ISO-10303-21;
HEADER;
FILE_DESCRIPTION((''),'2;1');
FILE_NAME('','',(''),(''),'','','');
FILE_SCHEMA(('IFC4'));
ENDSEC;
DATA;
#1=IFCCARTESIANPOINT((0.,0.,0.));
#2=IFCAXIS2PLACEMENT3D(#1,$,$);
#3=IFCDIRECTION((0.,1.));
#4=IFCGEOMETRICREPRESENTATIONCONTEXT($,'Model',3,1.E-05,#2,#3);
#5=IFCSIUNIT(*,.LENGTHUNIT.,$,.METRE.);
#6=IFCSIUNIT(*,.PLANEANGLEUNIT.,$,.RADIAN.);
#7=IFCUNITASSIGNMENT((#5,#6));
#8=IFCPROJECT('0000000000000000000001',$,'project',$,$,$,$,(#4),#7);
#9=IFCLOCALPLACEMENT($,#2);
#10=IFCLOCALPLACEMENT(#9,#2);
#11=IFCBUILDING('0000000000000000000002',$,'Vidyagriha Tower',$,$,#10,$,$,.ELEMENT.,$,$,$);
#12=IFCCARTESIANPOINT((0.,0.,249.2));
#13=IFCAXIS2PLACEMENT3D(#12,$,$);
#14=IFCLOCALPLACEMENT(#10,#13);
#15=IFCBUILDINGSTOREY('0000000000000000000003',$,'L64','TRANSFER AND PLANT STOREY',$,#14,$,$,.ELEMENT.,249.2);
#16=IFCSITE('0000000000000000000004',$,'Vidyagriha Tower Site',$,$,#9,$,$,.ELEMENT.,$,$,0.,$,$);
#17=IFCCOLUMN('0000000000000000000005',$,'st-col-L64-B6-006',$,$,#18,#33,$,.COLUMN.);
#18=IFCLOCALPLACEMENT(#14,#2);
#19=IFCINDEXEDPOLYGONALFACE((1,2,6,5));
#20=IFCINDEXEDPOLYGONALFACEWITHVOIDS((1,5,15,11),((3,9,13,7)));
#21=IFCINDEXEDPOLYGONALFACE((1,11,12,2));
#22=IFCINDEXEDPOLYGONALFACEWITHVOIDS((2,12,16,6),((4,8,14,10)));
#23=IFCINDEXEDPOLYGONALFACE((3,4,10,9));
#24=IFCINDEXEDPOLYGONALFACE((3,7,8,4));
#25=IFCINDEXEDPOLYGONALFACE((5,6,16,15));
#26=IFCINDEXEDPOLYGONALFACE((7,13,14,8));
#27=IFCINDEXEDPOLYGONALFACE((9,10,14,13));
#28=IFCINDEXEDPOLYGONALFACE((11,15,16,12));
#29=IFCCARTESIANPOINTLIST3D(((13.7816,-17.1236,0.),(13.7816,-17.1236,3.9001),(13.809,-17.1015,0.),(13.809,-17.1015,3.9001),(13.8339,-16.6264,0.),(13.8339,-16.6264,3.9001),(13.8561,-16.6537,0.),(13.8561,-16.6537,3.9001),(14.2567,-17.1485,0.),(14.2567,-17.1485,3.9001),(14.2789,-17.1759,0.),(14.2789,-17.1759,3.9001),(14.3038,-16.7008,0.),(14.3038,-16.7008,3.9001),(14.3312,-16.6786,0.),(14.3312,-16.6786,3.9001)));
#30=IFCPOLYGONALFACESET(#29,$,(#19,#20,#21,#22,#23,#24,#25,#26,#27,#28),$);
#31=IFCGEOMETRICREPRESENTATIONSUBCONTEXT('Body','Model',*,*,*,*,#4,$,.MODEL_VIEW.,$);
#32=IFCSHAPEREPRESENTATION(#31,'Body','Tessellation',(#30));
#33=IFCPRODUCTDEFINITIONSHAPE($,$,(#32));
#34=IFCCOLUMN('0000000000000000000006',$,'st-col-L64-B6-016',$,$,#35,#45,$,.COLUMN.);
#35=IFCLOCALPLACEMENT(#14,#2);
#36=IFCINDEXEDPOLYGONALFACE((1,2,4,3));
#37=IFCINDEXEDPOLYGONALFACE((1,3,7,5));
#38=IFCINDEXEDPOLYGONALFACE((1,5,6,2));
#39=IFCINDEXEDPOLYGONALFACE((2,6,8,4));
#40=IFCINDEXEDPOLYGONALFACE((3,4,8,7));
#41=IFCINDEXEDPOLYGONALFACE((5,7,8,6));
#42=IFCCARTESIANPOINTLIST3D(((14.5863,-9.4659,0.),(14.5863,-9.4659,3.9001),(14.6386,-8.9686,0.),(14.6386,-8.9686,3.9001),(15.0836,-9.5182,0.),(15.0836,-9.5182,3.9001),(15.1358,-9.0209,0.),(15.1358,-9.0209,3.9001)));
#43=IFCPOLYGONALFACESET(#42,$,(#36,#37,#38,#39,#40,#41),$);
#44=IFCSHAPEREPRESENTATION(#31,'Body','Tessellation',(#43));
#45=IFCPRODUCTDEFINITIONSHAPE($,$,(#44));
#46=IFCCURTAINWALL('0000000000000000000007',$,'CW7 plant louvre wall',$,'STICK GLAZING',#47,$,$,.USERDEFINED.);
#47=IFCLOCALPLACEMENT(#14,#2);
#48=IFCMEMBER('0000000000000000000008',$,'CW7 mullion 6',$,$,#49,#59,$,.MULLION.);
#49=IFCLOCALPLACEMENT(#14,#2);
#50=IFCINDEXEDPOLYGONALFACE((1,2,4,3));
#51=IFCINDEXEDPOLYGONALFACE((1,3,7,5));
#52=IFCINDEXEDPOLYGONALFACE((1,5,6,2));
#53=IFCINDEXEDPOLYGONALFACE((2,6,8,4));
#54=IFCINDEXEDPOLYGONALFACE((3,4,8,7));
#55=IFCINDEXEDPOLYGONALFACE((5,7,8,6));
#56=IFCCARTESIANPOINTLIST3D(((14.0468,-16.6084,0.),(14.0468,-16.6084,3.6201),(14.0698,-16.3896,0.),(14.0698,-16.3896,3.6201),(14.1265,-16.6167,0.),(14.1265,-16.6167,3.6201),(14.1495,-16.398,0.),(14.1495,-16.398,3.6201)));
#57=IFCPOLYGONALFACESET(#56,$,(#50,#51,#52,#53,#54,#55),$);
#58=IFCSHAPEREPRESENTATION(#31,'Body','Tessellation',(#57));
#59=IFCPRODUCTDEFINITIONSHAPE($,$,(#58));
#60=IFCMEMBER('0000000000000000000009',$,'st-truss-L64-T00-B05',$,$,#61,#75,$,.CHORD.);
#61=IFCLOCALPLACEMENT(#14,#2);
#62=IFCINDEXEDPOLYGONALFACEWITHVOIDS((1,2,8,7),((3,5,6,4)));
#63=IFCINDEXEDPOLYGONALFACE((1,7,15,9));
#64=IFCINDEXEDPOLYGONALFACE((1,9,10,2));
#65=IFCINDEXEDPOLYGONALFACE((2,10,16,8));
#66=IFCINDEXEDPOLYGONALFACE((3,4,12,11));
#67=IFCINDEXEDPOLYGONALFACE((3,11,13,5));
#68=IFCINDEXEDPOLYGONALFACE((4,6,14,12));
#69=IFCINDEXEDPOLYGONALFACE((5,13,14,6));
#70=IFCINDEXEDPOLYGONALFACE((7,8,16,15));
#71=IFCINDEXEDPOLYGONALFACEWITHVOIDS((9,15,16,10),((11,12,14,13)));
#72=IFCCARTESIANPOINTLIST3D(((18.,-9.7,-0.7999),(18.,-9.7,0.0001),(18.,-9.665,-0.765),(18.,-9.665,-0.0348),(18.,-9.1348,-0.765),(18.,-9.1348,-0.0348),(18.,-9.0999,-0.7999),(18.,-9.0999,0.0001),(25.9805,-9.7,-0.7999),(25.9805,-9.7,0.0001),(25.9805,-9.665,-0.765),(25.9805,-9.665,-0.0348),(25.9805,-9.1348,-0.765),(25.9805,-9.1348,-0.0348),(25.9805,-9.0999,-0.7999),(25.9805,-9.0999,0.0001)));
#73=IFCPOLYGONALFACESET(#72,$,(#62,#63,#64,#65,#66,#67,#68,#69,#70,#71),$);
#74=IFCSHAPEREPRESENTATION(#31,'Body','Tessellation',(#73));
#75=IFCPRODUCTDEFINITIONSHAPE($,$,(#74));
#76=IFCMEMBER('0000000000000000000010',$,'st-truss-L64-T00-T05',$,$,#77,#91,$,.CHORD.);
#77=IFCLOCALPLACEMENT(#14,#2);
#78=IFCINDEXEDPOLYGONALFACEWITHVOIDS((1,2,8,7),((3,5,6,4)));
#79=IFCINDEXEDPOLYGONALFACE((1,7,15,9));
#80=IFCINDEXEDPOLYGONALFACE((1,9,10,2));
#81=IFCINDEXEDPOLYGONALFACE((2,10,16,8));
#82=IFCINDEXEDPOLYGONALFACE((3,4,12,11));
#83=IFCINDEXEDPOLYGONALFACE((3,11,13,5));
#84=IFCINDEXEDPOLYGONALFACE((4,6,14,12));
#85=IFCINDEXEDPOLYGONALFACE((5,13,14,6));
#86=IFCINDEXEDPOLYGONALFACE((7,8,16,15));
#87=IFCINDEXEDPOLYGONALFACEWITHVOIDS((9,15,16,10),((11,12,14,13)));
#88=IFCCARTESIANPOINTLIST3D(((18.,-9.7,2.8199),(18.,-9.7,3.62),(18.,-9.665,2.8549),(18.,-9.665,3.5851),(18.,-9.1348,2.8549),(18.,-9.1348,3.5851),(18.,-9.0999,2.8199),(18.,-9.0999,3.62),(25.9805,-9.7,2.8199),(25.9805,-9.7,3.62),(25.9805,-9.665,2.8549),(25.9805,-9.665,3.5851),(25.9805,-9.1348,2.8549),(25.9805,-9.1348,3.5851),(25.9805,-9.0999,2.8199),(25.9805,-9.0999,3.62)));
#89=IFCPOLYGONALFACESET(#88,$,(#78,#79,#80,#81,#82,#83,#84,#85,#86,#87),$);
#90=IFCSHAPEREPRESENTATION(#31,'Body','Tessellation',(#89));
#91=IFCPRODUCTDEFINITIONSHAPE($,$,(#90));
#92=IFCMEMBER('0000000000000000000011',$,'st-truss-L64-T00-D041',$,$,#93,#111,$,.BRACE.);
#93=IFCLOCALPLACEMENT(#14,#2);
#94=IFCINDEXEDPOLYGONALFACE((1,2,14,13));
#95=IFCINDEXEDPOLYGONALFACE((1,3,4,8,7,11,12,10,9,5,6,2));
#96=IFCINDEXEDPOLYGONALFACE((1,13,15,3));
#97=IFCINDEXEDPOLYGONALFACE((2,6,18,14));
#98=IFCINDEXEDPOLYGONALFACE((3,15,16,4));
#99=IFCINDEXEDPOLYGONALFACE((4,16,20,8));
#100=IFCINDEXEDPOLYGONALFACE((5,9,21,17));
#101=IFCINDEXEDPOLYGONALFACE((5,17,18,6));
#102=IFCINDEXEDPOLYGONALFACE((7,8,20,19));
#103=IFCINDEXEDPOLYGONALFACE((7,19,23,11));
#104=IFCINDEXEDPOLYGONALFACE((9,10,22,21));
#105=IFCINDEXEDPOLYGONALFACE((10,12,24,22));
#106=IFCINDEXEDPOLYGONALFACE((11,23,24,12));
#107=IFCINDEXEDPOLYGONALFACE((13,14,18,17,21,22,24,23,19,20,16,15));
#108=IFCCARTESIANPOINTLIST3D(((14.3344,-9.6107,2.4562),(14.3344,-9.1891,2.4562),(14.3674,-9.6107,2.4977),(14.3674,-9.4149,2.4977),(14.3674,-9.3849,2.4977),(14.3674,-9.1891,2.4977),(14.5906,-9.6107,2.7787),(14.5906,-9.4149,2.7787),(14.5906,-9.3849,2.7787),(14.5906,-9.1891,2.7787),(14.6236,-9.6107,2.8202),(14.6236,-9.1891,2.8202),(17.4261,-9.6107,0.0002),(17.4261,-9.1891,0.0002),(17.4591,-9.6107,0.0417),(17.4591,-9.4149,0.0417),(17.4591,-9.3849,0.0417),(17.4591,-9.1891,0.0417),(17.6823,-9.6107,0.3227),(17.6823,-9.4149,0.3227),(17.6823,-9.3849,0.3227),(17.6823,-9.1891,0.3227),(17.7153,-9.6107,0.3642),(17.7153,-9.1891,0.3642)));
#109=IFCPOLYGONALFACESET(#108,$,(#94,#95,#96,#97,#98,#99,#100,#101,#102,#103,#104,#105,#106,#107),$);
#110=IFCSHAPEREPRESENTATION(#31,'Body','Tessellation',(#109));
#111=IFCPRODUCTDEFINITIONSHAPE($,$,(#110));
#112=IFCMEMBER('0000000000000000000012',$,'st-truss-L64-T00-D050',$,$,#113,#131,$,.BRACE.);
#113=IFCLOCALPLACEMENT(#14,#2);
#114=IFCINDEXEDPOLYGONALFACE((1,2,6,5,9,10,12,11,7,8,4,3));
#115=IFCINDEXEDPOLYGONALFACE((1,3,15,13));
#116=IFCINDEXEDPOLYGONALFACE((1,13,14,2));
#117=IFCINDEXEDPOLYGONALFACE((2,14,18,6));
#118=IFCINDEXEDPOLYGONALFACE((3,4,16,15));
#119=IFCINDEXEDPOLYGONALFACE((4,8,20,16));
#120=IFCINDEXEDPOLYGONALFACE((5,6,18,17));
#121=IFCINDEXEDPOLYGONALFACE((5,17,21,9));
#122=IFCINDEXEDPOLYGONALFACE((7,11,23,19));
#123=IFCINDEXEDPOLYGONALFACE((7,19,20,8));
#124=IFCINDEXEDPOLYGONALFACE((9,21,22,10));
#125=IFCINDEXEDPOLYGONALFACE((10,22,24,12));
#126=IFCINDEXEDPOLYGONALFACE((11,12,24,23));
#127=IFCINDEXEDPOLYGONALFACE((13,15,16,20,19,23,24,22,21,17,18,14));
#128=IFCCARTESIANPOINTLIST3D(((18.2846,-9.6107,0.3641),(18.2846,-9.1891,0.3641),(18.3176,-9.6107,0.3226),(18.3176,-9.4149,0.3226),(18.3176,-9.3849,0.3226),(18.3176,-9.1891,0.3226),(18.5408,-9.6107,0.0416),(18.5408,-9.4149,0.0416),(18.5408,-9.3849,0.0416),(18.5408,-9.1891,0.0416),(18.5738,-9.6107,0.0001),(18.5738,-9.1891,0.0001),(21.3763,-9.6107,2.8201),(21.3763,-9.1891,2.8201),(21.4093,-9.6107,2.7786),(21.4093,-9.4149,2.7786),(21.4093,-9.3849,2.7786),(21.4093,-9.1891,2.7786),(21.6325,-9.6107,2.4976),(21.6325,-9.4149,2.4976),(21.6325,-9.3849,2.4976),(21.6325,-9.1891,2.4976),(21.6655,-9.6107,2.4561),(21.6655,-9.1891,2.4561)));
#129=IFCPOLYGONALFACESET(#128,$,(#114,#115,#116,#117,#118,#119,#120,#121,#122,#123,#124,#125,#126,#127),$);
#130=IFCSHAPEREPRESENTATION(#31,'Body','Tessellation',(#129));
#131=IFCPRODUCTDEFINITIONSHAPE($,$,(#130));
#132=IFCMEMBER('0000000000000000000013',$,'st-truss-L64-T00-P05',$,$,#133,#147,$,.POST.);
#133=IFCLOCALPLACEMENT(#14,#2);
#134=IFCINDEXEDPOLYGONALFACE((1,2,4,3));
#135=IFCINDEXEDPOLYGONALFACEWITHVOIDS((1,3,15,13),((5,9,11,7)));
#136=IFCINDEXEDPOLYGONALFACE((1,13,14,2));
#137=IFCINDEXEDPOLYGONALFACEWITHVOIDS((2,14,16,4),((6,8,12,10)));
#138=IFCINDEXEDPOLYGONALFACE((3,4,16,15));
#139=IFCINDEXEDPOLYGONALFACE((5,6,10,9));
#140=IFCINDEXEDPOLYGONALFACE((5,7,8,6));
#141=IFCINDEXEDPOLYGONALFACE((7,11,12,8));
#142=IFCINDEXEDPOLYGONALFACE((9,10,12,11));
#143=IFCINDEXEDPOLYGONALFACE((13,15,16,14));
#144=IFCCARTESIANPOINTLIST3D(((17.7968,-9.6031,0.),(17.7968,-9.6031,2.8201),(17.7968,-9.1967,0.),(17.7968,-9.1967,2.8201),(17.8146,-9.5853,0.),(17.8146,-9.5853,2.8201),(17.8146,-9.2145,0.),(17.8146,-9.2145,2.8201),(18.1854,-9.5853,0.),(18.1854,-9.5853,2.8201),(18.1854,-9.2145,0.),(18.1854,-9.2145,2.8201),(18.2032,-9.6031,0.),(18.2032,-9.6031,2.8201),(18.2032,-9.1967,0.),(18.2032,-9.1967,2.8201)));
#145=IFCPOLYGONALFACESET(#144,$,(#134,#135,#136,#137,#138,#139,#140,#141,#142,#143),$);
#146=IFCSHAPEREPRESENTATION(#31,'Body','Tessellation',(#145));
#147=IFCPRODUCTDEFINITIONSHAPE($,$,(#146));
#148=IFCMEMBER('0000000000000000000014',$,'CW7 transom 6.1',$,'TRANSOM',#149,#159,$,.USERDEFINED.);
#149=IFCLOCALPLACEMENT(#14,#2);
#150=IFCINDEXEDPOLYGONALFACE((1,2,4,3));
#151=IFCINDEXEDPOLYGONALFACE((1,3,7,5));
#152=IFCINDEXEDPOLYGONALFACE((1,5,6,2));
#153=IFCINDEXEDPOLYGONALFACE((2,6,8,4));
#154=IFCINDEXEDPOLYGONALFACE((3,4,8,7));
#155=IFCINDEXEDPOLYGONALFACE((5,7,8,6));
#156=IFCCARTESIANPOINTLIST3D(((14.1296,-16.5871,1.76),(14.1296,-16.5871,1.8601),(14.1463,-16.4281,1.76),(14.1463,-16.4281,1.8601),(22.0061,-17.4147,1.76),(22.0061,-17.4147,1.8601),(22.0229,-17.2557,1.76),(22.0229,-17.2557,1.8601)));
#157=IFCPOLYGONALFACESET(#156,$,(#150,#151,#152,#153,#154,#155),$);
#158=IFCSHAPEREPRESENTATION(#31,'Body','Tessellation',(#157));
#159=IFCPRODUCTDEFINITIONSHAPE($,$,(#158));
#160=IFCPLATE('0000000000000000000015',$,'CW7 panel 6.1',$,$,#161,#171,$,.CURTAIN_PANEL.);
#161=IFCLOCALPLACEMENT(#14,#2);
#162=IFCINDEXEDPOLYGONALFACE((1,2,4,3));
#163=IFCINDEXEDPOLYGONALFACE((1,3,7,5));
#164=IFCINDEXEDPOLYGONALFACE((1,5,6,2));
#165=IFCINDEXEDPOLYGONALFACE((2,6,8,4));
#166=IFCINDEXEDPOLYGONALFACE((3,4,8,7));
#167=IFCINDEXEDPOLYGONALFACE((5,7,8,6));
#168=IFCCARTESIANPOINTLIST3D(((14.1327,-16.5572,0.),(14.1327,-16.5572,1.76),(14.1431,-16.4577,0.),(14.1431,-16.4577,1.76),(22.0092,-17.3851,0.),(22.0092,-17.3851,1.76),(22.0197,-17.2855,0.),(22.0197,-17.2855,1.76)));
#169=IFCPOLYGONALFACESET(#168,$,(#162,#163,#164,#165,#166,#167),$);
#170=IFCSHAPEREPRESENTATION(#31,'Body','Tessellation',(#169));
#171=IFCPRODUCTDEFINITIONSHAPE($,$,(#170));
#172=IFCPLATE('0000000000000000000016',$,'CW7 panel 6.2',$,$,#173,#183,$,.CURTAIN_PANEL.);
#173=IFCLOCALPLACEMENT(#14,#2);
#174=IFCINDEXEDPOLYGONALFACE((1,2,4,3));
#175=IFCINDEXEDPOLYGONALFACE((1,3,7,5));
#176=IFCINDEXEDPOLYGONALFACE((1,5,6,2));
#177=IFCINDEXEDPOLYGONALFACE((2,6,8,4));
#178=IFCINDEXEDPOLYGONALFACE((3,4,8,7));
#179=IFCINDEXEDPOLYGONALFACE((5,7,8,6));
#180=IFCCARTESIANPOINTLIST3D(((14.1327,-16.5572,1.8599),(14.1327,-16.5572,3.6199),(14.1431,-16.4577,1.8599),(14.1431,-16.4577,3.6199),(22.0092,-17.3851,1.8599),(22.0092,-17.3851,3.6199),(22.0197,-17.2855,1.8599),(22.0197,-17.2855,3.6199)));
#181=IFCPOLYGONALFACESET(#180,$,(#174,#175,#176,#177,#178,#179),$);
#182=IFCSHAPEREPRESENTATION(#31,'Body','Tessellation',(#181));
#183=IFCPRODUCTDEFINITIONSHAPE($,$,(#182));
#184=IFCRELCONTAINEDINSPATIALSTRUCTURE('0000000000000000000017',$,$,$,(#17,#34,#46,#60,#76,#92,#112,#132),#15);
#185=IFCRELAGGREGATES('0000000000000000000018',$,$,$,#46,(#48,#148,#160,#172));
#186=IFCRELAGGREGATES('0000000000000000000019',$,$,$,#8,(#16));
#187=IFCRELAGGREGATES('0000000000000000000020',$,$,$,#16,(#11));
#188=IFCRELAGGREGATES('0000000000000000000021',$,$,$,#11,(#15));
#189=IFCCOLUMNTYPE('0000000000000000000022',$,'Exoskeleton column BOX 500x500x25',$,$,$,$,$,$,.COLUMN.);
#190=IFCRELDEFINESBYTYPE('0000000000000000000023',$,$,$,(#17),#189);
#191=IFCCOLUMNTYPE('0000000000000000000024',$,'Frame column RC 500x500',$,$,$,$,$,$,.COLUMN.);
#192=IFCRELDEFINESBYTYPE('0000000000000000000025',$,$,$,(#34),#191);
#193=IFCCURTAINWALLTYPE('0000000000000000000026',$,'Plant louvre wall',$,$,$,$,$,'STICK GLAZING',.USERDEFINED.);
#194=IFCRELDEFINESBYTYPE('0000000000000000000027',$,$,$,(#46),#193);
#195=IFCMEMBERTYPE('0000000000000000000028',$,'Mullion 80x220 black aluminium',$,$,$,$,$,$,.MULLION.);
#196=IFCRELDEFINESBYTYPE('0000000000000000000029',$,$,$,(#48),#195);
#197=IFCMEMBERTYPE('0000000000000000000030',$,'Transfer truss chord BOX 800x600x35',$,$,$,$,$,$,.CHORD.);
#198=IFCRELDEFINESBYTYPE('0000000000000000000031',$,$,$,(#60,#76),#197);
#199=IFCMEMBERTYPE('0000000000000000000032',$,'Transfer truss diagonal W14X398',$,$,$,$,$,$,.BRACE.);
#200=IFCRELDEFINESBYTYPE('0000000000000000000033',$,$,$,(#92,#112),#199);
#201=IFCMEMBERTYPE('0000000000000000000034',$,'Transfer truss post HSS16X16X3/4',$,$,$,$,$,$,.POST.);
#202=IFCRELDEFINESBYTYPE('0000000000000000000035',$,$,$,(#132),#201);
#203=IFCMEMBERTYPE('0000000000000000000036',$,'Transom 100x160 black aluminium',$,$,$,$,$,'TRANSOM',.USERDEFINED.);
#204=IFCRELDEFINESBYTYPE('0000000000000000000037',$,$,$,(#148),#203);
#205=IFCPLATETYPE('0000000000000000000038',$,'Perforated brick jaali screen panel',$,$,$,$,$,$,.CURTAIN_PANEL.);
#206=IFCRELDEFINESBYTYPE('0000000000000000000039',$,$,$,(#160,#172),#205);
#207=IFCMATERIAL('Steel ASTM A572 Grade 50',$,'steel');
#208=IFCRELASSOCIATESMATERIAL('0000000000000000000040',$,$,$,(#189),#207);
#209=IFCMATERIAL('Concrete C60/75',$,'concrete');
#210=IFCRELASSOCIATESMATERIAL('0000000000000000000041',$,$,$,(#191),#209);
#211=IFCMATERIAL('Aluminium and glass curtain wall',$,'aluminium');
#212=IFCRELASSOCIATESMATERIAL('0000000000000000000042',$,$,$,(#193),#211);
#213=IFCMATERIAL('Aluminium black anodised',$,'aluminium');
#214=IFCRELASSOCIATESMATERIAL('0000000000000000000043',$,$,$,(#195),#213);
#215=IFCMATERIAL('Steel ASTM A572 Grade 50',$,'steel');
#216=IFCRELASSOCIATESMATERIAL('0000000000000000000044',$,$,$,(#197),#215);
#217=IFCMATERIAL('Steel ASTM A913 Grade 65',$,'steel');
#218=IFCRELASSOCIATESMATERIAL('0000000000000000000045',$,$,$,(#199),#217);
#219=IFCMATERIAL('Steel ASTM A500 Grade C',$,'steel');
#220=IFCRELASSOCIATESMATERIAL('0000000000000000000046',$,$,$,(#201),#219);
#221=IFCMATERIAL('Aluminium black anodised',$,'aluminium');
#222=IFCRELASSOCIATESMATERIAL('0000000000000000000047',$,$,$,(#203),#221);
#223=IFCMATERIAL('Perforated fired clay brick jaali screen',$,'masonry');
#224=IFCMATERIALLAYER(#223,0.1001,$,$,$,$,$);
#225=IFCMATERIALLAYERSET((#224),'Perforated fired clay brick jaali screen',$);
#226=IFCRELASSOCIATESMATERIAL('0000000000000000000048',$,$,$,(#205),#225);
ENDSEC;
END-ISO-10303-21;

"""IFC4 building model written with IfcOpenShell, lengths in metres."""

from ifc_helpers import new_model, si_unit, direction, frame, origin, origin_2d, place, context, subcontext, project, spatial, rectangle, hollow_rectangle, i_section, extrude, material, layer, layer_set, material_profile, profile_set, type_object, element, aggregate, save


model = new_model("IFC4")

# Units and contexts
model_context = context("Model", 3, precision=1e-05, world=origin(), true_north=direction((0.0, 1.0)))
body_context = subcontext(model_context, "Body", "Model", "MODEL_VIEW")
ifc_project = project(units=[si_unit("LENGTHUNIT", "METRE"), si_unit("PLANEANGLEUNIT", "RADIAN")], contexts=[model_context])

# Site, building, storey
site_placement = place(None, origin())
site = spatial("IfcSite", under=ifc_project, at=site_placement, Name="Vidyagriha Tower Site", CompositionType="ELEMENT", RefElevation=0.0)
building_placement = place(site_placement, origin())
building = spatial("IfcBuilding", under=site, at=building_placement, Name="Vidyagriha Tower", CompositionType="ELEMENT")
storey_placement = place(building_placement, frame((0.0, 0.0, 249.2)))
storey = spatial("IfcBuildingStorey", under=building, at=storey_placement, Name="L64", Description="TRANSFER AND PLANT STOREY", CompositionType="ELEMENT", Elevation=249.2)

# Columns
ifc_material_1 = material(Name="Steel ASTM A572 Grade 50", Category="steel")
ifc_material_profile_1 = material_profile(ifc_material_1, hollow_rectangle(XDim=0.5, YDim=0.5, WallThickness=0.0249, at=origin_2d()), Name="BOX 500x500x25")
ifc_profile_set_1 = profile_set([ifc_material_profile_1], Name="Steel ASTM A572 Grade 50")
column_type_1 = type_object("IfcColumnType", Name="Exoskeleton column BOX 500x500x25", PredefinedType="COLUMN", material=ifc_profile_set_1)
column_1_placement = place(storey_placement, frame((14.0564, -16.9011, 0.0), z_axis=(0.0, 0.0, 1.0), x_axis=(0.994522, -0.104528, 0.0)))
element("IfcColumn", 1, at=column_1_placement, inside=storey, type_object=column_type_1, Name="st-col-L64-B6-006", PredefinedType="COLUMN", context=body_context, shape_type="SweptSolid", body=[
    extrude(hollow_rectangle(XDim=0.5, YDim=0.5, WallThickness=0.0249, at=origin_2d()), origin(), (0.0, 0.0, 1.0), 3.9001),
])
ifc_material_2 = material(Name="Concrete C60/75", Category="concrete")
ifc_material_profile_2 = material_profile(ifc_material_2, rectangle(XDim=0.5, YDim=0.5, at=origin_2d()), Name="RC 500x500")
ifc_profile_set_2 = profile_set([ifc_material_profile_2], Name="Concrete C60/75")
column_type_2 = type_object("IfcColumnType", Name="Frame column RC 500x500", PredefinedType="COLUMN", material=ifc_profile_set_2)
column_2_placement = place(storey_placement, frame((14.8611, -9.2434, 0.0), z_axis=(0.0, 0.0, 1.0), x_axis=(0.994522, -0.104528, 0.0)))
element("IfcColumn", 2, at=column_2_placement, inside=storey, type_object=column_type_2, Name="st-col-L64-B6-016", PredefinedType="COLUMN", context=body_context, shape_type="SweptSolid", body=[
    extrude(rectangle(XDim=0.5, YDim=0.5, at=origin_2d()), origin(), (0.0, 0.0, 1.0), 3.9001),
])

# Curtain wall, member
ifc_material_3 = material(Name="Aluminium and glass curtain wall", Category="aluminium")
curtain_wall_type = type_object("IfcCurtainWallType", Name="Plant louvre wall", ElementType="STICK GLAZING", PredefinedType="USERDEFINED", material=ifc_material_3)
curtain_wall_placement = place(storey_placement, origin())
curtain_wall = element("IfcCurtainWall", 3, at=curtain_wall_placement, inside=storey, type_object=curtain_wall_type, Name="CW7 plant louvre wall", ObjectType="STICK GLAZING", PredefinedType="USERDEFINED")
ifc_material_4 = material(Name="Aluminium black anodised", Category="aluminium")
ifc_material_profile_3 = material_profile(ifc_material_4, rectangle(XDim=0.22, YDim=0.0801, at=origin_2d()), Name="Mullion 80x220 black aluminium")
ifc_profile_set_3 = profile_set([ifc_material_profile_3], Name="Aluminium black anodised")
member_type_1 = type_object("IfcMemberType", Name="Mullion 80x220 black aluminium", PredefinedType="MULLION", material=ifc_profile_set_3)
member_1_placement = place(storey_placement, frame((14.0981, -16.5032, 0.0), z_axis=(0.0, 0.0, 1.0), x_axis=(0.104527, 0.994522, 0.0)))
member_1 = element("IfcMember", 4, at=member_1_placement, type_object=member_type_1, Name="CW7 mullion 6", PredefinedType="MULLION", context=body_context, shape_type="SweptSolid", body=[
    extrude(rectangle(XDim=0.22, YDim=0.0801, at=origin_2d()), origin(), (0.0, 0.0, 1.0), 3.6201),
])

# Members
ifc_material_5 = material(Name="Steel ASTM A572 Grade 50", Category="steel")
ifc_material_profile_4 = material_profile(ifc_material_5, hollow_rectangle(XDim=0.6001, YDim=0.8, WallThickness=0.0349, at=origin_2d()), Name="BOX 800x600x35")
ifc_profile_set_4 = profile_set([ifc_material_profile_4], Name="Steel ASTM A572 Grade 50")
member_type_2 = type_object("IfcMemberType", Name="Transfer truss chord BOX 800x600x35", PredefinedType="CHORD", material=ifc_profile_set_4)
for number, where, z_axis, x_axis, name in (
    (5, (18.0, -9.3999, -0.3999), (1.0, 0.0, 0.0), (0.0, 1.0, 0.0), "st-truss-L64-T00-B05"),
    (6, (18.0, -9.3999, 3.22), (1.0, 0.0, 0.0), (0.0, 1.0, 0.0), "st-truss-L64-T00-T05"),
):
    element("IfcMember", number, at=place(storey_placement, frame(where, z_axis=z_axis, x_axis=x_axis)), inside=storey, type_object=member_type_2, Name=name, PredefinedType="CHORD", context=body_context, shape_type="SweptSolid", body=[
        extrude(hollow_rectangle(XDim=0.6001, YDim=0.8, WallThickness=0.0349, at=origin_2d()), origin(), (0.0, 0.0, 1.0), 7.9805),
    ])
ifc_material_6 = material(Name="Steel ASTM A913 Grade 65", Category="steel")
ifc_material_profile_5 = material_profile(ifc_material_6, i_section(OverallWidth=0.4216, OverallDepth=0.4648, WebThickness=0.03, FlangeThickness=0.053, at=origin_2d()), Name="W14X398")
ifc_profile_set_5 = profile_set([ifc_material_profile_5], Name="Steel ASTM A913 Grade 65")
member_type_3 = type_object("IfcMemberType", Name="Transfer truss diagonal W14X398", PredefinedType="BRACE", material=ifc_profile_set_5)
for number, where, z_axis, x_axis, name in (
    (7, (14.479, -9.3999, 2.6382), (0.783012, 0.0, -0.622007), (0.0, 1.0, 0.0), "st-truss-L64-T00-D041"),
    (8, (18.4292, -9.3999, 0.1821), (0.783012, 0.0, 0.622007), (0.0, 1.0, 0.0), "st-truss-L64-T00-D050"),
):
    element("IfcMember", number, at=place(storey_placement, frame(where, z_axis=z_axis, x_axis=x_axis)), inside=storey, type_object=member_type_3, Name=name, PredefinedType="BRACE", context=body_context, shape_type="SweptSolid", body=[
        extrude(i_section(OverallWidth=0.4216, OverallDepth=0.4648, WebThickness=0.03, FlangeThickness=0.053, at=origin_2d()), origin(), (0.0, 0.0, 1.0), 3.9485),
    ])
ifc_material_7 = material(Name="Steel ASTM A500 Grade C", Category="steel")
ifc_material_profile_6 = material_profile(ifc_material_7, hollow_rectangle(XDim=0.4065, YDim=0.4065, WallThickness=0.0178, at=origin_2d()), Name="HSS16X16X3/4")
ifc_profile_set_6 = profile_set([ifc_material_profile_6], Name="Steel ASTM A500 Grade C")
member_type_4 = type_object("IfcMemberType", Name="Transfer truss post HSS16X16X3/4", PredefinedType="POST", material=ifc_profile_set_6)
member_2_placement = place(storey_placement, frame((18.0, -9.3999, 0.0)))
element("IfcMember", 9, at=member_2_placement, inside=storey, type_object=member_type_4, Name="st-truss-L64-T00-P05", PredefinedType="POST", context=body_context, shape_type="SweptSolid", body=[
    extrude(hollow_rectangle(XDim=0.4065, YDim=0.4065, WallThickness=0.0178, at=origin_2d()), origin(), (0.0, 0.0, 1.0), 2.8201),
])

# Member
ifc_material_8 = material(Name="Aluminium black anodised", Category="aluminium")
ifc_material_profile_7 = material_profile(ifc_material_8, rectangle(XDim=0.1599, YDim=0.1001, at=origin_2d()), Name="Transom 100x160 black aluminium")
ifc_profile_set_7 = profile_set([ifc_material_profile_7], Name="Aluminium black anodised")
member_type_5 = type_object("IfcMemberType", Name="Transom 100x160 black aluminium", ElementType="TRANSOM", PredefinedType="USERDEFINED", material=ifc_profile_set_7)
member_3_placement = place(storey_placement, frame((14.1379, -16.5076, 1.8101), z_axis=(0.994525, -0.104502, 0.0), x_axis=(0.104502, 0.994525, 0.0)))
member_3 = element("IfcMember", 10, at=member_3_placement, type_object=member_type_5, Name="CW7 transom 6.1", ObjectType="TRANSOM", PredefinedType="USERDEFINED", context=body_context, shape_type="SweptSolid", body=[
    extrude(rectangle(XDim=0.1599, YDim=0.1001, at=origin_2d()), origin(), (0.0, 0.0, 1.0), 7.9199),
])

# Plates
ifc_material_9 = material(Name="Perforated fired clay brick jaali screen", Category="masonry")
ifc_layer = layer(ifc_material_9, 0.1001)
ifc_layer_set = layer_set([ifc_layer], Name="Perforated fired clay brick jaali screen")
plate_type = type_object("IfcPlateType", Name="Perforated brick jaali screen panel", PredefinedType="CURTAIN_PANEL", material=ifc_layer_set)
plate_1_placement = place(storey_placement, frame((18.0762, -16.9214, 0.0), z_axis=(0.0, 0.0, 1.0), x_axis=(0.994522, -0.104527, 0.0)))
plate_1 = element("IfcPlate", 11, at=plate_1_placement, type_object=plate_type, Name="CW7 panel 6.1", PredefinedType="CURTAIN_PANEL", context=body_context, shape_type="SweptSolid", body=[
    extrude(rectangle(XDim=7.9199, YDim=0.1001, at=origin_2d()), origin(), (0.0, 0.0, 1.0), 1.76),
])
plate_2_placement = place(storey_placement, frame((18.0762, -16.9214, 1.8599), z_axis=(0.0, 0.0, 1.0), x_axis=(0.994522, -0.104527, 0.0)))
plate_2 = element("IfcPlate", 12, at=plate_2_placement, type_object=plate_type, Name="CW7 panel 6.2", PredefinedType="CURTAIN_PANEL", context=body_context, shape_type="SweptSolid", body=[
    extrude(rectangle(XDim=7.9199, YDim=0.1001, at=origin_2d()), origin(), (0.0, 0.0, 1.0), 1.76),
])
aggregate(curtain_wall, [member_1, member_3, plate_1, plate_2])

save(model, "model.ifc")
